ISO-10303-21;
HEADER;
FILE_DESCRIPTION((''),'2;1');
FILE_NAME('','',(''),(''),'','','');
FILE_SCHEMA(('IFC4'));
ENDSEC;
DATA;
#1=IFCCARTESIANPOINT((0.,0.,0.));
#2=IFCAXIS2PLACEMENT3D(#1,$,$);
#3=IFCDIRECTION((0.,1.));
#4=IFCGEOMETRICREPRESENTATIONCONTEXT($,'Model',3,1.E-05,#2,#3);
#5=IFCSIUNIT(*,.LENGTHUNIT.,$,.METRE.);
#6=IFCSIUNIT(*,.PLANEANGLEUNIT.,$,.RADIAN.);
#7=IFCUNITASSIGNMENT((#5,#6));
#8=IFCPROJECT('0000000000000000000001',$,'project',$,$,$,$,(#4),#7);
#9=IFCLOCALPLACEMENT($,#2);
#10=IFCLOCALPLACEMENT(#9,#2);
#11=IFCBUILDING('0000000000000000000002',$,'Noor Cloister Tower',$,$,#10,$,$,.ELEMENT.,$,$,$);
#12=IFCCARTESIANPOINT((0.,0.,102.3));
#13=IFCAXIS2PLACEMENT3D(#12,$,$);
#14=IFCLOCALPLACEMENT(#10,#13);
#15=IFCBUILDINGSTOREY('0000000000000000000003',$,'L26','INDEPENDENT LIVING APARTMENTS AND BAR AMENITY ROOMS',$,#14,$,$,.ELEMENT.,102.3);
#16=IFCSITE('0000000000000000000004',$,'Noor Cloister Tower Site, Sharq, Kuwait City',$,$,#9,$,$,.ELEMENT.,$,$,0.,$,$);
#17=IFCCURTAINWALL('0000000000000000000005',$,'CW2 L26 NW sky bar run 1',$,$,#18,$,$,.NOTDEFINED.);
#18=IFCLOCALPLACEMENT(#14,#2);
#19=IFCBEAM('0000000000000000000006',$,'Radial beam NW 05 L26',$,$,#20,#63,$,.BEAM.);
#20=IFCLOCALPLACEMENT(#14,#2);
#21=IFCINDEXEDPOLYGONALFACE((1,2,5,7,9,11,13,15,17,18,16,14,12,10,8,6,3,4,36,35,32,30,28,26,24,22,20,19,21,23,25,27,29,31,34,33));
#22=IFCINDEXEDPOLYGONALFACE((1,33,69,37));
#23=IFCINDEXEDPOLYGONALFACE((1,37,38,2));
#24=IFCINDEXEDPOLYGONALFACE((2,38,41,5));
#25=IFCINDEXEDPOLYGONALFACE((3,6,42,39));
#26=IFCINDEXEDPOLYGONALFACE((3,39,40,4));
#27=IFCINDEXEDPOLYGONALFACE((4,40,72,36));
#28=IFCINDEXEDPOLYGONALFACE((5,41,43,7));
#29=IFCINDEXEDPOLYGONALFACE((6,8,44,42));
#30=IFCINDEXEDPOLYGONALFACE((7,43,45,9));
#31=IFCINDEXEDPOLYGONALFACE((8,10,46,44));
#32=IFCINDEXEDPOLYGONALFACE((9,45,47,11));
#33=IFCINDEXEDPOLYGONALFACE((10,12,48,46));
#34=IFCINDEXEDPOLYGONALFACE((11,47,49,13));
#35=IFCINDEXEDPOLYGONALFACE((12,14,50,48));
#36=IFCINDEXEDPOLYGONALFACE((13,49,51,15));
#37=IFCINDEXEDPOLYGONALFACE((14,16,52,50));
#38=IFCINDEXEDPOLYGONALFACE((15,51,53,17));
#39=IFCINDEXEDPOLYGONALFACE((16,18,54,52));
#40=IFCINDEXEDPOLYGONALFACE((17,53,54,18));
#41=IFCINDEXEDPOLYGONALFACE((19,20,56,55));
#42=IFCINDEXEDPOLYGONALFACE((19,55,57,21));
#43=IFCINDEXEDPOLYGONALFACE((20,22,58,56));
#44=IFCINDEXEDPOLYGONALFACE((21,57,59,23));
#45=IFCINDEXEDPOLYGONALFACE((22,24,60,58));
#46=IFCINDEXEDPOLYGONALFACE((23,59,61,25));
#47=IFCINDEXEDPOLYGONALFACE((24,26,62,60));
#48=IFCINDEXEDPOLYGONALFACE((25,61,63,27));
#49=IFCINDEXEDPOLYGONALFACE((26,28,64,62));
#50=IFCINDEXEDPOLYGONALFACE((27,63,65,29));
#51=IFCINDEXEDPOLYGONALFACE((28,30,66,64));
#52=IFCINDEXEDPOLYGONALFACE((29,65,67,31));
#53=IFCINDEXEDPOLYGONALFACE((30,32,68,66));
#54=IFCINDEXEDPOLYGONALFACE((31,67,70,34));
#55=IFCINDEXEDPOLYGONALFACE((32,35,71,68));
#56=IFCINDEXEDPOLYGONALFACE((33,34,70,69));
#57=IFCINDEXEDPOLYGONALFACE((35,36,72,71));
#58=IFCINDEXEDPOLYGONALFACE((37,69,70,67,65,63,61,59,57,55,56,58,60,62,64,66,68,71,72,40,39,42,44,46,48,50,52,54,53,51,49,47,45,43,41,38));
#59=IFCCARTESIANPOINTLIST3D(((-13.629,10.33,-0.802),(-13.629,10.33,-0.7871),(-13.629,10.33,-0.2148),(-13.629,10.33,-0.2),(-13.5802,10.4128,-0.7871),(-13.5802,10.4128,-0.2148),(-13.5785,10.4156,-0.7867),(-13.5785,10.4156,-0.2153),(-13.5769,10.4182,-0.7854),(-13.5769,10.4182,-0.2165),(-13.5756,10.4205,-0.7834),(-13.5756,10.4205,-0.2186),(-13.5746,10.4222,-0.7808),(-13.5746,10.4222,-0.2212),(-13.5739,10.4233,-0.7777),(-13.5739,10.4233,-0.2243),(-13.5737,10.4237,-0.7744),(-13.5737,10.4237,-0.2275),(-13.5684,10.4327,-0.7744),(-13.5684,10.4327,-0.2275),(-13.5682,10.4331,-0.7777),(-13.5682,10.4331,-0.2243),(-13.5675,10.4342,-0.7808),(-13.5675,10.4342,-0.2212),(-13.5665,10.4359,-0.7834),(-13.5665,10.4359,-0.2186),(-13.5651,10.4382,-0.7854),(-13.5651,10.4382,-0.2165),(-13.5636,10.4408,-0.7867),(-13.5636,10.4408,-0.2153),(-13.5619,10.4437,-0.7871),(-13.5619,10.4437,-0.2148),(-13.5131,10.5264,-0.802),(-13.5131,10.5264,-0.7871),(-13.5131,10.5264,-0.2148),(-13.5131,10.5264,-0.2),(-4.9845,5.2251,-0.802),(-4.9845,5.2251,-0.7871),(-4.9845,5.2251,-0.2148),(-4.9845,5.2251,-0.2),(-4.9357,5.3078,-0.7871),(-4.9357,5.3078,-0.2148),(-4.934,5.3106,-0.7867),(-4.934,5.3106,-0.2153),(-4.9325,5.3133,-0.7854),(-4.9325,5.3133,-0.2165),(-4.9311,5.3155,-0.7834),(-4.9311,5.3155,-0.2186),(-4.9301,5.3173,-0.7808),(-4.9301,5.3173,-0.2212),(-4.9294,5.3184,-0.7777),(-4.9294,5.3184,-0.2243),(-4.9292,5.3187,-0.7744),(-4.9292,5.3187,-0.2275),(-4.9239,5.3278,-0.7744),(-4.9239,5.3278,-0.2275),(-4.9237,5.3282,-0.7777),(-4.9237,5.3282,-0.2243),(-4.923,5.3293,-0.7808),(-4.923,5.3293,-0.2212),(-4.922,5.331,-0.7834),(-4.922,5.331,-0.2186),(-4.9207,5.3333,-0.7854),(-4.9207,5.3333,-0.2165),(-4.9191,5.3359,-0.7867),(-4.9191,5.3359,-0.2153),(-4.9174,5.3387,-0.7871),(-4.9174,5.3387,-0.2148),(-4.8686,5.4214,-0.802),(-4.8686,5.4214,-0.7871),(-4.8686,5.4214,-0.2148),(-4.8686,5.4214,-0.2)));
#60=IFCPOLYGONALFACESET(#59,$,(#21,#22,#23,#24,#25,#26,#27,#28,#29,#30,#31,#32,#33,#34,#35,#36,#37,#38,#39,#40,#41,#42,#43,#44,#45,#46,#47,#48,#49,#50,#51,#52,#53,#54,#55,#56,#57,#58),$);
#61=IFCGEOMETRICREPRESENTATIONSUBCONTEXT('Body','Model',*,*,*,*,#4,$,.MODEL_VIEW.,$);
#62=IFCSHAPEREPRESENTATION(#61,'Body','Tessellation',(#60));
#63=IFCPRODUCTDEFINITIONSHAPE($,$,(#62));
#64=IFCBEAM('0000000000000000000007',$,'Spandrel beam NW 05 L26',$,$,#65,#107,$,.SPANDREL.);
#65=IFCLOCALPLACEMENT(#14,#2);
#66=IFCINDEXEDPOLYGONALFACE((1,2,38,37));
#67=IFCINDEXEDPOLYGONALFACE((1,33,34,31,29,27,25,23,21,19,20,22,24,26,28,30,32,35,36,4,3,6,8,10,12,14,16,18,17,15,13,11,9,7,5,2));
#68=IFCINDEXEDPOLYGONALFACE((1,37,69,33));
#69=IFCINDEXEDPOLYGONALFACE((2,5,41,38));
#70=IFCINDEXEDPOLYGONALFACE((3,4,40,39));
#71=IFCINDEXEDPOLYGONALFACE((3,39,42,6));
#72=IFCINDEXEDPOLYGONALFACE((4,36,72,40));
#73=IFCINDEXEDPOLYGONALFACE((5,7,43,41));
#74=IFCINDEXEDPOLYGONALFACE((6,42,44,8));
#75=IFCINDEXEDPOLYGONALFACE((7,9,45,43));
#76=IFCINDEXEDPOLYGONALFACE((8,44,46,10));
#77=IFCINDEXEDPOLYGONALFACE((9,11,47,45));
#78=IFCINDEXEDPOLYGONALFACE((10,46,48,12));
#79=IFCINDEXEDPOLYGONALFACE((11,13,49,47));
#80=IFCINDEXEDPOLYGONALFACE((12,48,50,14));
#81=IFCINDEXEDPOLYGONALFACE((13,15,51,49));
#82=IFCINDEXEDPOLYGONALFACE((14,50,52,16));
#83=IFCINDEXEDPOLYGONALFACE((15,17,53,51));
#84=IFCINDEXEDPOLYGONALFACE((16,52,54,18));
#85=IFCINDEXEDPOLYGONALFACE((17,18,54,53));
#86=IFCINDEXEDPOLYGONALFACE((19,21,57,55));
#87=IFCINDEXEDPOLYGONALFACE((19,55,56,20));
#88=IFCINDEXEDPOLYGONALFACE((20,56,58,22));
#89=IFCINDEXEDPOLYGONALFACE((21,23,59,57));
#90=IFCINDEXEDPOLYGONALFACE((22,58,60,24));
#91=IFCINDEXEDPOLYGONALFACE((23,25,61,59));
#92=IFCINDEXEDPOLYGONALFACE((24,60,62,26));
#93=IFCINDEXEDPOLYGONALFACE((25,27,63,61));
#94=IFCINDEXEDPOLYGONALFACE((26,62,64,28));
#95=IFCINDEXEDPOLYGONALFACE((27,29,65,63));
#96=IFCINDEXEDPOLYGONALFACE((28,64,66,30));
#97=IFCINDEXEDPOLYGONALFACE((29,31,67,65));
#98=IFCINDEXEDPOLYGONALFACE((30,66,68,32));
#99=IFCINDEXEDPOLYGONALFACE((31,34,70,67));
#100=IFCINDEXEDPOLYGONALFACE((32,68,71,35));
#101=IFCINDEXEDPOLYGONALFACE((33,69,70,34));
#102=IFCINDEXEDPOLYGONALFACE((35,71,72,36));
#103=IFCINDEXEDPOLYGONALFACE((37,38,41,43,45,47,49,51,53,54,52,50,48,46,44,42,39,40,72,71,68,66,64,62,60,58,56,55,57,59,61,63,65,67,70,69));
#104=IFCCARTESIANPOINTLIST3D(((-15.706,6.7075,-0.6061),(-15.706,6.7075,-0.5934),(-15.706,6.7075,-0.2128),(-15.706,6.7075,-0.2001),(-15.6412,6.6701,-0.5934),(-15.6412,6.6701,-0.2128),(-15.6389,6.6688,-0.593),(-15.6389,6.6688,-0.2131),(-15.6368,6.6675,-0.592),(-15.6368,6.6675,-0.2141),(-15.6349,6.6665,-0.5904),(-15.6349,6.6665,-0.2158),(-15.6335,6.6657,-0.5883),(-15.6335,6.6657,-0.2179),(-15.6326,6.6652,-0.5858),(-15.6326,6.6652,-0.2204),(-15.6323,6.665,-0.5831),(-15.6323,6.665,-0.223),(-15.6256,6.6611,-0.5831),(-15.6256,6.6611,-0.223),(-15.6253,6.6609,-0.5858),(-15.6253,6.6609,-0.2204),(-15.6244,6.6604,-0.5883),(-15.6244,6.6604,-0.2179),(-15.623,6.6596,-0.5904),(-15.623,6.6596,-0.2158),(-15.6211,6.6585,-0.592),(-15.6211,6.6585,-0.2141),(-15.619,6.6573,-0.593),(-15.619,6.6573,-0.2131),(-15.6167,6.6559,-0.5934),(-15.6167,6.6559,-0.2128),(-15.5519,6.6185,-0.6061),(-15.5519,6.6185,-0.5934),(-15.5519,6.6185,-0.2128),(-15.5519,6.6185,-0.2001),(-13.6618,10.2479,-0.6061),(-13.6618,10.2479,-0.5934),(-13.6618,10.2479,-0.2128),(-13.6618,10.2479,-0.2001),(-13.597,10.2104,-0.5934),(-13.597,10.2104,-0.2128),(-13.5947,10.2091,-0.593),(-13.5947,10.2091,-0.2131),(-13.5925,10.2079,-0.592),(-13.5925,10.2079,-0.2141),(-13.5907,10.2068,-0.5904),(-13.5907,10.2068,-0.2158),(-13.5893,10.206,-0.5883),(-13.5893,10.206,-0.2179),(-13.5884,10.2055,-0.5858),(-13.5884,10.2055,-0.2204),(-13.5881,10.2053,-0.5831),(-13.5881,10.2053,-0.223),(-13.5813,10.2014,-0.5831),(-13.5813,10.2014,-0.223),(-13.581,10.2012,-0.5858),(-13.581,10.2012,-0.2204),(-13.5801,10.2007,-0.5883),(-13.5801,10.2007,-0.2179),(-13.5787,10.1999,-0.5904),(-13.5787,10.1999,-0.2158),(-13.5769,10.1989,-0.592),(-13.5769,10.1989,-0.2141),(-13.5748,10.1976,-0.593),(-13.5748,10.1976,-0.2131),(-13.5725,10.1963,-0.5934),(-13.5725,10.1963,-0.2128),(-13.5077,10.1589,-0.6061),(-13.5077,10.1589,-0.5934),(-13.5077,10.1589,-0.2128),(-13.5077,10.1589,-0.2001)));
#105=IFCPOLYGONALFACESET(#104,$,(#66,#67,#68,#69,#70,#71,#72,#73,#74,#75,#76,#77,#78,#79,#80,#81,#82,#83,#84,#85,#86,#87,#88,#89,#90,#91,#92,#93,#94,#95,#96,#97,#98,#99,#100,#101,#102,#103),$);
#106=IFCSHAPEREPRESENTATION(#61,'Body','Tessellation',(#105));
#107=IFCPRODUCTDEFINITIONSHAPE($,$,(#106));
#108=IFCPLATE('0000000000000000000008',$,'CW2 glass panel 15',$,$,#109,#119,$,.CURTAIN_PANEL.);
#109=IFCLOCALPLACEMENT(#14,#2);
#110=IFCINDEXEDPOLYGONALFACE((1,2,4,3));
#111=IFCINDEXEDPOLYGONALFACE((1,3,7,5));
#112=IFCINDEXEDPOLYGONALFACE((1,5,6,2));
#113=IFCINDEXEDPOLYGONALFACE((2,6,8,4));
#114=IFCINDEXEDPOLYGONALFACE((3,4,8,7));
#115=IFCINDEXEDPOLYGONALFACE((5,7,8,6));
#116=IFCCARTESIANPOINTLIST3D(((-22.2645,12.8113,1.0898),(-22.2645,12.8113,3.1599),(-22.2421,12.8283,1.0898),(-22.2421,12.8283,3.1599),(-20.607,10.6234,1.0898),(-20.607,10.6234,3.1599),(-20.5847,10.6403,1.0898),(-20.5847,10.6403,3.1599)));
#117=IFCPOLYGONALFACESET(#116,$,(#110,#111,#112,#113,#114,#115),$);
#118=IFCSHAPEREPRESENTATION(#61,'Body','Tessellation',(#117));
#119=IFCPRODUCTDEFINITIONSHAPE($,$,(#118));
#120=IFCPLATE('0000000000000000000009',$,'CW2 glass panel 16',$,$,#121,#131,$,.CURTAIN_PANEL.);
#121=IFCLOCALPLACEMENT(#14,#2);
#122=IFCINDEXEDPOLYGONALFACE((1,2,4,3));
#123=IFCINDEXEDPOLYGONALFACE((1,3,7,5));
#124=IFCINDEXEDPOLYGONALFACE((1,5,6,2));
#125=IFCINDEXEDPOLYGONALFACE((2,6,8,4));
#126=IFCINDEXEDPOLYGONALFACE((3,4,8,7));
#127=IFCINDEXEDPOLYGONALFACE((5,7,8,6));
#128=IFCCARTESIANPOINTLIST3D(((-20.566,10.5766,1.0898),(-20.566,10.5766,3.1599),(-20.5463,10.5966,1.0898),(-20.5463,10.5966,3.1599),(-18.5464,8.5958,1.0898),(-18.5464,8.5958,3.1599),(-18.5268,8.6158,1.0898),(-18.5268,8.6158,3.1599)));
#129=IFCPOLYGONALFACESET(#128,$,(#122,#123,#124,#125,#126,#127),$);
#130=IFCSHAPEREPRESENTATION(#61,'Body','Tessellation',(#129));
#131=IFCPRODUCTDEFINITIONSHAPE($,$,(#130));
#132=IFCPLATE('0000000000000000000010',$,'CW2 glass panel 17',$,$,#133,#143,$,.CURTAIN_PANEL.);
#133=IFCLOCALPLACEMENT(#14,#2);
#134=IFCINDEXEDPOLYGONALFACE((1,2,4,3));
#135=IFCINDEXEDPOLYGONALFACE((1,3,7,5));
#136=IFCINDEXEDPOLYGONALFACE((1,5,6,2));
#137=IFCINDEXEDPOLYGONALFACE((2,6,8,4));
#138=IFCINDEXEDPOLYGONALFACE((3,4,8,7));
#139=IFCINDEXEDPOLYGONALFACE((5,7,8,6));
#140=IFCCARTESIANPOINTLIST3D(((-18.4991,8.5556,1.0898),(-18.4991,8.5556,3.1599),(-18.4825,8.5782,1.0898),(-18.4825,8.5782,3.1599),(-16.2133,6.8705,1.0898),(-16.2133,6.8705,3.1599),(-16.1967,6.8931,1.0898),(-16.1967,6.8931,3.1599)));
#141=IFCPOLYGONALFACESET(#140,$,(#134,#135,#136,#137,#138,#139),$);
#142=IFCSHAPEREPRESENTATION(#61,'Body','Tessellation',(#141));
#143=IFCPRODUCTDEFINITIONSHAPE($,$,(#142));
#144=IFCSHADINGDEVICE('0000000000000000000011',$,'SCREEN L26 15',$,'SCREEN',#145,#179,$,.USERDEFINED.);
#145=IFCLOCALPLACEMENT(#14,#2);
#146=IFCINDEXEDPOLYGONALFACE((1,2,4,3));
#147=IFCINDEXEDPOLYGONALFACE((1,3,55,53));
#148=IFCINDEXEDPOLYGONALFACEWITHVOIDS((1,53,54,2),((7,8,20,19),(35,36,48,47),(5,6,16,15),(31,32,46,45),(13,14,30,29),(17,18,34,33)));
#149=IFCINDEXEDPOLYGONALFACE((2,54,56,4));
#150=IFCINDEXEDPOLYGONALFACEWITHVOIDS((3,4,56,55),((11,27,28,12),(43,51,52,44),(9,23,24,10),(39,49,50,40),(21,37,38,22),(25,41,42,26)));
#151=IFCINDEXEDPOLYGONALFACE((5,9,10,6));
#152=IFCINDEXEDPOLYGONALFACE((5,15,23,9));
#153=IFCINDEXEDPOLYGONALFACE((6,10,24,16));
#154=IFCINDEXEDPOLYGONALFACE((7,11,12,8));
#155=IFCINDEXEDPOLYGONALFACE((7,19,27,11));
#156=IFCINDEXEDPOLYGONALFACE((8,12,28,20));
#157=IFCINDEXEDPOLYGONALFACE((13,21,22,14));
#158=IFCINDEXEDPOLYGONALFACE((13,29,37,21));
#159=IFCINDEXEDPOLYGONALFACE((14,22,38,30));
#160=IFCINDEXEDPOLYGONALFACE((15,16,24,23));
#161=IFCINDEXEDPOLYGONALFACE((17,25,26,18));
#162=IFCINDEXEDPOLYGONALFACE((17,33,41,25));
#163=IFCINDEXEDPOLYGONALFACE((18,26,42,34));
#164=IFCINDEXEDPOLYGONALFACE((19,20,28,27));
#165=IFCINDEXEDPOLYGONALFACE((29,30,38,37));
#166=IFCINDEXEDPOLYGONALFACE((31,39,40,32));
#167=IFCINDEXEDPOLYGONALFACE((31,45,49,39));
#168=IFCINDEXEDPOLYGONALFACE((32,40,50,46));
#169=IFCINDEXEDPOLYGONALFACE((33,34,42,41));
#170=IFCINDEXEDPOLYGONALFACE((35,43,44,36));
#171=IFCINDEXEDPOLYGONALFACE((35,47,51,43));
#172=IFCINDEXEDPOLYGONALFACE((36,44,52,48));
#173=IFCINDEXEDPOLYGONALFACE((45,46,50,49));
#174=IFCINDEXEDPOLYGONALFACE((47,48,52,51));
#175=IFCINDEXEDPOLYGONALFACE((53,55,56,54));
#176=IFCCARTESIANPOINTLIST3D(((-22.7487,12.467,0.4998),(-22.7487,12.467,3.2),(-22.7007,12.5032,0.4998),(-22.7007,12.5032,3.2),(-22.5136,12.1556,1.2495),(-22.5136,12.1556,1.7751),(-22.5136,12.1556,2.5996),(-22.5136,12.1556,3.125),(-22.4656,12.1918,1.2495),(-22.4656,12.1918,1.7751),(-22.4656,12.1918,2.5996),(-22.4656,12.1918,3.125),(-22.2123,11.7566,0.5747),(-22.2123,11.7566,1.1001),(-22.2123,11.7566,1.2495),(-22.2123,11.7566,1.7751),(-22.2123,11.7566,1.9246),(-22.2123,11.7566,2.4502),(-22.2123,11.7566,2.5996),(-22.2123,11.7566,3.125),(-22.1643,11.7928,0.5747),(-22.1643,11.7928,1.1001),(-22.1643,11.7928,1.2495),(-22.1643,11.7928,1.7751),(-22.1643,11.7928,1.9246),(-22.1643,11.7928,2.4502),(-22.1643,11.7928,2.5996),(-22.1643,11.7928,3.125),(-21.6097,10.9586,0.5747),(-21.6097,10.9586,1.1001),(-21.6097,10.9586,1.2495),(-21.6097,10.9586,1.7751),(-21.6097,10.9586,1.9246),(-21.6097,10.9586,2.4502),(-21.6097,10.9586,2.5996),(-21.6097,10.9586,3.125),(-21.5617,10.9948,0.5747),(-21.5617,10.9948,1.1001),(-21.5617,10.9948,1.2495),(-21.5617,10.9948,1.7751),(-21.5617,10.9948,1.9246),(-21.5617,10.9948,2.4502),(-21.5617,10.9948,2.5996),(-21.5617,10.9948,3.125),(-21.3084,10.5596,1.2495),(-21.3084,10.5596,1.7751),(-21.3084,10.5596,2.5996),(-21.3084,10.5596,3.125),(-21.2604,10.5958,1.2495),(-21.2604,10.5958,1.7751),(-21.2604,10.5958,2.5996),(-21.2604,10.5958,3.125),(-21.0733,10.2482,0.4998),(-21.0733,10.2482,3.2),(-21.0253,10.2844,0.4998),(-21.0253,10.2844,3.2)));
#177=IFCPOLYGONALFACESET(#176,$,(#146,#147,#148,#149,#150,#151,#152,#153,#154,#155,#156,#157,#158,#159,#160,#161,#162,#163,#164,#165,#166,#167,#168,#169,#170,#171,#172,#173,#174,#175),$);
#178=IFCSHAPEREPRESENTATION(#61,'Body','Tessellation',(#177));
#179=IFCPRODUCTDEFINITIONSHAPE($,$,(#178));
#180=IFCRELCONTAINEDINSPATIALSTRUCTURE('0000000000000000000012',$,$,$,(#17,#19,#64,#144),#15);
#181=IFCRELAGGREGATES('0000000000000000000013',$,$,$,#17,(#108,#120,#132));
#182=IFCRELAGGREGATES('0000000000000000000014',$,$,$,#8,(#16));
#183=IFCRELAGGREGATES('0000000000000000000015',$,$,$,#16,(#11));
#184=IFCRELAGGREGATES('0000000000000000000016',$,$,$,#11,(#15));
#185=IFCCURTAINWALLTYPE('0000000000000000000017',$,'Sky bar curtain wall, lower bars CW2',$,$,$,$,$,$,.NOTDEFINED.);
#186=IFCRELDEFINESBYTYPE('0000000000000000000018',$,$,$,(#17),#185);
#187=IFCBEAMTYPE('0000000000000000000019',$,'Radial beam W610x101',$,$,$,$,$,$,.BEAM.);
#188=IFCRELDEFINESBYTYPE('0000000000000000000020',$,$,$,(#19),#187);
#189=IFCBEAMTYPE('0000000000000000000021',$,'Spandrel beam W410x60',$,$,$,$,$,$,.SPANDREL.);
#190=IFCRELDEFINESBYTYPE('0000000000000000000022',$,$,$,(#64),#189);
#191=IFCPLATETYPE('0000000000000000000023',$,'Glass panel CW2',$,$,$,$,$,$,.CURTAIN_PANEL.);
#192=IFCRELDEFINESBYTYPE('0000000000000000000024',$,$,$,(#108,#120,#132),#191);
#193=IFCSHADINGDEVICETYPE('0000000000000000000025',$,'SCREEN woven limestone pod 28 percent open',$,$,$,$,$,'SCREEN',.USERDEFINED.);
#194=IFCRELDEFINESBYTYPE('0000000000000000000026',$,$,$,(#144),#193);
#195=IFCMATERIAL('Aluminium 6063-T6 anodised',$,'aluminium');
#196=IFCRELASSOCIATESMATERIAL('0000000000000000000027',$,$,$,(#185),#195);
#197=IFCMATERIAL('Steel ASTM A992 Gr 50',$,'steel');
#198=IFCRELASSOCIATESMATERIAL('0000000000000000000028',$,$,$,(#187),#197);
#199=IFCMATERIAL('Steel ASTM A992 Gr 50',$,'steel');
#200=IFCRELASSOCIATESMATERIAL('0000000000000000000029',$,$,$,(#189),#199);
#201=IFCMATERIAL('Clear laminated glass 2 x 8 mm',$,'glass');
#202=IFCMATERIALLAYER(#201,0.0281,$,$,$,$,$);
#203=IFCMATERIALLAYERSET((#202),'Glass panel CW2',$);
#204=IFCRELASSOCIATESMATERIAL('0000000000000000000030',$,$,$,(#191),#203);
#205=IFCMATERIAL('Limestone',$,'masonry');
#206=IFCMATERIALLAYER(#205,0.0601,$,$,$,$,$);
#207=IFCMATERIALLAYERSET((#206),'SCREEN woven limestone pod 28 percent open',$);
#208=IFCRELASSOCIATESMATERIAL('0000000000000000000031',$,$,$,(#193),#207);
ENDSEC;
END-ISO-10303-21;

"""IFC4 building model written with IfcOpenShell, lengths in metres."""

from ifc_helpers import new_model, si_unit, direction, frame, origin, origin_2d, place, context, subcontext, project, spatial, polyline, rectangle, i_section, outline, extrude, material, layer, layer_set, material_profile, profile_set, type_object, element, aggregate, save


model = new_model("IFC4")

# Units and contexts
model_context = context("Model", 3, precision=1e-05, world=origin(), true_north=direction((0.0, 1.0)))
body_context = subcontext(model_context, "Body", "Model", "MODEL_VIEW")
ifc_project = project(units=[si_unit("LENGTHUNIT", "METRE"), si_unit("PLANEANGLEUNIT", "RADIAN")], contexts=[model_context])

# Site, building, storey
site_placement = place(None, origin())
site = spatial("IfcSite", under=ifc_project, at=site_placement, Name="Noor Cloister Tower Site, Sharq, Kuwait City", CompositionType="ELEMENT", RefElevation=0.0)
building_placement = place(site_placement, origin())
building = spatial("IfcBuilding", under=site, at=building_placement, Name="Noor Cloister Tower", CompositionType="ELEMENT")
storey_placement = place(building_placement, frame((0.0, 0.0, 102.3)))
storey = spatial("IfcBuildingStorey", under=building, at=storey_placement, Name="L26", Description="INDEPENDENT LIVING APARTMENTS AND BAR AMENITY ROOMS", CompositionType="ELEMENT", Elevation=102.3)

# Curtain wall
ifc_material_1 = material(Name="Aluminium 6063-T6 anodised", Category="aluminium")
curtain_wall_type_1 = type_object("IfcCurtainWallType", Name="Sky bar curtain wall, lower bars CW2", PredefinedType="NOTDEFINED", material=ifc_material_1)
curtain_wall_1_placement = place(storey_placement, origin())
curtain_wall_1 = element("IfcCurtainWall", 1, at=curtain_wall_1_placement, inside=storey, type_object=curtain_wall_type_1, Name="CW2 L26 NW sky bar run 1", PredefinedType="NOTDEFINED")

# Beams
ifc_material_2 = material(Name="Steel ASTM A992 Gr 50", Category="steel")
ifc_material_profile_1 = material_profile(ifc_material_2, i_section(OverallWidth=0.228, OverallDepth=0.6021, WebThickness=0.0105, FlangeThickness=0.0149, FilletRadius=0.0127, at=origin_2d()), Name="W610x101")
ifc_profile_set_1 = profile_set([ifc_material_profile_1], Name="Steel ASTM A992 Gr 50")
beam_type_1 = type_object("IfcBeamType", Name="Radial beam W610x101", PredefinedType="BEAM", material=ifc_profile_set_1)
beam_1_placement = place(storey_placement, frame((-13.571, 10.4282, -0.501), z_axis=(0.861064, -0.508497, 0.0), x_axis=(0.508497, 0.861064, 0.0)))
element("IfcBeam", 2, at=beam_1_placement, inside=storey, type_object=beam_type_1, Name="Radial beam NW 05 L26", PredefinedType="BEAM", context=body_context, shape_type="SweptSolid", body=[
    extrude(i_section(OverallWidth=0.228, OverallDepth=0.6021, WebThickness=0.0105, FlangeThickness=0.0149, FilletRadius=0.0127, at=origin_2d()), origin(), (0.0, 0.0, 1.0), 10.0393),
])
ifc_material_3 = material(Name="Steel ASTM A992 Gr 50", Category="steel")
ifc_material_profile_2 = material_profile(ifc_material_3, i_section(OverallWidth=0.178, OverallDepth=0.406, WebThickness=0.0078, FlangeThickness=0.0127, FilletRadius=0.0103, at=origin_2d()), Name="W410x60")
ifc_profile_set_2 = profile_set([ifc_material_profile_2], Name="Steel ASTM A992 Gr 50")
beam_type_2 = type_object("IfcBeamType", Name="Spandrel beam W410x60", PredefinedType="SPANDREL", material=ifc_profile_set_2)
beam_2_placement = place(storey_placement, frame((-13.5847, 10.2034, -0.4031), z_axis=(-0.500038, -0.866004, 0.0), x_axis=(0.866004, -0.500038, 0.0)))
element("IfcBeam", 3, at=beam_2_placement, inside=storey, type_object=beam_type_2, Name="Spandrel beam NW 05 L26", PredefinedType="SPANDREL", context=body_context, shape_type="SweptSolid", body=[
    extrude(i_section(OverallWidth=0.178, OverallDepth=0.406, WebThickness=0.0078, FlangeThickness=0.0127, FilletRadius=0.0103, at=origin_2d()), origin(), (0.0, 0.0, 1.0), 4.0881),
])

# Plates
ifc_material_4 = material(Name="Clear laminated glass 2 x 8 mm", Category="glass")
ifc_layer_1 = layer(ifc_material_4, 0.0281)
ifc_layer_set_1 = layer_set([ifc_layer_1], Name="Glass panel CW2")
plate_type = type_object("IfcPlateType", Name="Glass panel CW2", PredefinedType="CURTAIN_PANEL", material=ifc_layer_set_1)
plate_1_placement = place(storey_placement, frame((-21.4246, 11.7258, 1.0898), z_axis=(0.0, 0.0, 1.0), x_axis=(0.603826, -0.797116, 0.0)))
plate_1 = element("IfcPlate", 4, at=plate_1_placement, type_object=plate_type, Name="CW2 glass panel 15", PredefinedType="CURTAIN_PANEL", context=body_context, shape_type="SweptSolid", body=[
    extrude(rectangle(XDim=2.7449, YDim=0.0281, at=origin_2d()), origin(), (0.0, 0.0, 1.0), 2.0701),
])
plate_2_placement = place(storey_placement, frame((-19.5464, 9.5962, 1.0898), z_axis=(0.0, 0.0, 1.0), x_axis=(0.713922, -0.700225, 0.0)))
plate_2 = element("IfcPlate", 5, at=plate_2_placement, type_object=plate_type, Name="CW2 glass panel 16", PredefinedType="CURTAIN_PANEL", context=body_context, shape_type="SweptSolid", body=[
    extrude(rectangle(XDim=2.8289, YDim=0.0281, at=origin_2d()), origin(), (0.0, 0.0, 1.0), 2.0701),
])
plate_3_placement = place(storey_placement, frame((-17.3479, 7.7244, 1.0898), z_axis=(0.0, 0.0, 1.0), x_axis=(0.804907, -0.593401, 0.0)))
plate_3 = element("IfcPlate", 6, at=plate_3_placement, type_object=plate_type, Name="CW2 glass panel 17", PredefinedType="CURTAIN_PANEL", context=body_context, shape_type="SweptSolid", body=[
    extrude(rectangle(XDim=2.8398, YDim=0.0281, at=origin_2d()), origin(), (0.0, 0.0, 1.0), 2.0701),
])
aggregate(curtain_wall_1, [plate_1, plate_2, plate_3])

# Shading device
ifc_material_5 = material(Name="Limestone", Category="masonry")
ifc_layer_2 = layer(ifc_material_5, 0.0601)
ifc_layer_set_2 = layer_set([ifc_layer_2], Name="SCREEN woven limestone pod 28 percent open")
shading_device_type = type_object("IfcShadingDeviceType", Name="SCREEN woven limestone pod 28 percent open", ElementType="SCREEN", PredefinedType="USERDEFINED", material=ifc_layer_set_2)
shading_device_1_placement = place(storey_placement, frame((-21.863, 11.3938, 1.8499), z_axis=(-0.798041, -0.602603, 0.0), x_axis=(0.602603, -0.798041, 0.0)))
element("IfcShadingDevice", 7, at=shading_device_1_placement, inside=storey, type_object=shading_device_type, Name="SCREEN L26 15", ObjectType="SCREEN", PredefinedType="USERDEFINED", context=body_context, shape_type="SweptSolid", body=[
    extrude(outline(polyline([(-1.3901, -1.3501), (1.3901, -1.3501), (1.3901, 1.3501), (-1.3901, 1.3501), (-1.3901, -1.3501)]), holes=[polyline([(-0.5, -1.2751), (0.5, -1.2751), (0.5, -0.7498), (-0.5, -0.7498), (-0.5, -1.2751)]), polyline([(-1.0, -0.6003), (-0.5, -0.6003), (-0.5, -0.0747), (-1.0, -0.0747), (-1.0, -0.6003)]), polyline([(0.5, -0.6003), (1.0, -0.6003), (1.0, -0.0747), (0.5, -0.0747), (0.5, -0.6003)]), polyline([(-0.5, 0.0747), (0.5, 0.0747), (0.5, 0.6003), (-0.5, 0.6003), (-0.5, 0.0747)]), polyline([(-1.0, 0.7498), (-0.5, 0.7498), (-0.5, 1.2751), (-1.0, 1.2751), (-1.0, 0.7498)]), polyline([(0.5, 0.7498), (1.0, 0.7498), (1.0, 1.2751), (0.5, 1.2751), (0.5, 0.7498)])]), origin(), (0.0, 0.0, 1.0), 0.0601),
])

save(model, "model.ifc")
